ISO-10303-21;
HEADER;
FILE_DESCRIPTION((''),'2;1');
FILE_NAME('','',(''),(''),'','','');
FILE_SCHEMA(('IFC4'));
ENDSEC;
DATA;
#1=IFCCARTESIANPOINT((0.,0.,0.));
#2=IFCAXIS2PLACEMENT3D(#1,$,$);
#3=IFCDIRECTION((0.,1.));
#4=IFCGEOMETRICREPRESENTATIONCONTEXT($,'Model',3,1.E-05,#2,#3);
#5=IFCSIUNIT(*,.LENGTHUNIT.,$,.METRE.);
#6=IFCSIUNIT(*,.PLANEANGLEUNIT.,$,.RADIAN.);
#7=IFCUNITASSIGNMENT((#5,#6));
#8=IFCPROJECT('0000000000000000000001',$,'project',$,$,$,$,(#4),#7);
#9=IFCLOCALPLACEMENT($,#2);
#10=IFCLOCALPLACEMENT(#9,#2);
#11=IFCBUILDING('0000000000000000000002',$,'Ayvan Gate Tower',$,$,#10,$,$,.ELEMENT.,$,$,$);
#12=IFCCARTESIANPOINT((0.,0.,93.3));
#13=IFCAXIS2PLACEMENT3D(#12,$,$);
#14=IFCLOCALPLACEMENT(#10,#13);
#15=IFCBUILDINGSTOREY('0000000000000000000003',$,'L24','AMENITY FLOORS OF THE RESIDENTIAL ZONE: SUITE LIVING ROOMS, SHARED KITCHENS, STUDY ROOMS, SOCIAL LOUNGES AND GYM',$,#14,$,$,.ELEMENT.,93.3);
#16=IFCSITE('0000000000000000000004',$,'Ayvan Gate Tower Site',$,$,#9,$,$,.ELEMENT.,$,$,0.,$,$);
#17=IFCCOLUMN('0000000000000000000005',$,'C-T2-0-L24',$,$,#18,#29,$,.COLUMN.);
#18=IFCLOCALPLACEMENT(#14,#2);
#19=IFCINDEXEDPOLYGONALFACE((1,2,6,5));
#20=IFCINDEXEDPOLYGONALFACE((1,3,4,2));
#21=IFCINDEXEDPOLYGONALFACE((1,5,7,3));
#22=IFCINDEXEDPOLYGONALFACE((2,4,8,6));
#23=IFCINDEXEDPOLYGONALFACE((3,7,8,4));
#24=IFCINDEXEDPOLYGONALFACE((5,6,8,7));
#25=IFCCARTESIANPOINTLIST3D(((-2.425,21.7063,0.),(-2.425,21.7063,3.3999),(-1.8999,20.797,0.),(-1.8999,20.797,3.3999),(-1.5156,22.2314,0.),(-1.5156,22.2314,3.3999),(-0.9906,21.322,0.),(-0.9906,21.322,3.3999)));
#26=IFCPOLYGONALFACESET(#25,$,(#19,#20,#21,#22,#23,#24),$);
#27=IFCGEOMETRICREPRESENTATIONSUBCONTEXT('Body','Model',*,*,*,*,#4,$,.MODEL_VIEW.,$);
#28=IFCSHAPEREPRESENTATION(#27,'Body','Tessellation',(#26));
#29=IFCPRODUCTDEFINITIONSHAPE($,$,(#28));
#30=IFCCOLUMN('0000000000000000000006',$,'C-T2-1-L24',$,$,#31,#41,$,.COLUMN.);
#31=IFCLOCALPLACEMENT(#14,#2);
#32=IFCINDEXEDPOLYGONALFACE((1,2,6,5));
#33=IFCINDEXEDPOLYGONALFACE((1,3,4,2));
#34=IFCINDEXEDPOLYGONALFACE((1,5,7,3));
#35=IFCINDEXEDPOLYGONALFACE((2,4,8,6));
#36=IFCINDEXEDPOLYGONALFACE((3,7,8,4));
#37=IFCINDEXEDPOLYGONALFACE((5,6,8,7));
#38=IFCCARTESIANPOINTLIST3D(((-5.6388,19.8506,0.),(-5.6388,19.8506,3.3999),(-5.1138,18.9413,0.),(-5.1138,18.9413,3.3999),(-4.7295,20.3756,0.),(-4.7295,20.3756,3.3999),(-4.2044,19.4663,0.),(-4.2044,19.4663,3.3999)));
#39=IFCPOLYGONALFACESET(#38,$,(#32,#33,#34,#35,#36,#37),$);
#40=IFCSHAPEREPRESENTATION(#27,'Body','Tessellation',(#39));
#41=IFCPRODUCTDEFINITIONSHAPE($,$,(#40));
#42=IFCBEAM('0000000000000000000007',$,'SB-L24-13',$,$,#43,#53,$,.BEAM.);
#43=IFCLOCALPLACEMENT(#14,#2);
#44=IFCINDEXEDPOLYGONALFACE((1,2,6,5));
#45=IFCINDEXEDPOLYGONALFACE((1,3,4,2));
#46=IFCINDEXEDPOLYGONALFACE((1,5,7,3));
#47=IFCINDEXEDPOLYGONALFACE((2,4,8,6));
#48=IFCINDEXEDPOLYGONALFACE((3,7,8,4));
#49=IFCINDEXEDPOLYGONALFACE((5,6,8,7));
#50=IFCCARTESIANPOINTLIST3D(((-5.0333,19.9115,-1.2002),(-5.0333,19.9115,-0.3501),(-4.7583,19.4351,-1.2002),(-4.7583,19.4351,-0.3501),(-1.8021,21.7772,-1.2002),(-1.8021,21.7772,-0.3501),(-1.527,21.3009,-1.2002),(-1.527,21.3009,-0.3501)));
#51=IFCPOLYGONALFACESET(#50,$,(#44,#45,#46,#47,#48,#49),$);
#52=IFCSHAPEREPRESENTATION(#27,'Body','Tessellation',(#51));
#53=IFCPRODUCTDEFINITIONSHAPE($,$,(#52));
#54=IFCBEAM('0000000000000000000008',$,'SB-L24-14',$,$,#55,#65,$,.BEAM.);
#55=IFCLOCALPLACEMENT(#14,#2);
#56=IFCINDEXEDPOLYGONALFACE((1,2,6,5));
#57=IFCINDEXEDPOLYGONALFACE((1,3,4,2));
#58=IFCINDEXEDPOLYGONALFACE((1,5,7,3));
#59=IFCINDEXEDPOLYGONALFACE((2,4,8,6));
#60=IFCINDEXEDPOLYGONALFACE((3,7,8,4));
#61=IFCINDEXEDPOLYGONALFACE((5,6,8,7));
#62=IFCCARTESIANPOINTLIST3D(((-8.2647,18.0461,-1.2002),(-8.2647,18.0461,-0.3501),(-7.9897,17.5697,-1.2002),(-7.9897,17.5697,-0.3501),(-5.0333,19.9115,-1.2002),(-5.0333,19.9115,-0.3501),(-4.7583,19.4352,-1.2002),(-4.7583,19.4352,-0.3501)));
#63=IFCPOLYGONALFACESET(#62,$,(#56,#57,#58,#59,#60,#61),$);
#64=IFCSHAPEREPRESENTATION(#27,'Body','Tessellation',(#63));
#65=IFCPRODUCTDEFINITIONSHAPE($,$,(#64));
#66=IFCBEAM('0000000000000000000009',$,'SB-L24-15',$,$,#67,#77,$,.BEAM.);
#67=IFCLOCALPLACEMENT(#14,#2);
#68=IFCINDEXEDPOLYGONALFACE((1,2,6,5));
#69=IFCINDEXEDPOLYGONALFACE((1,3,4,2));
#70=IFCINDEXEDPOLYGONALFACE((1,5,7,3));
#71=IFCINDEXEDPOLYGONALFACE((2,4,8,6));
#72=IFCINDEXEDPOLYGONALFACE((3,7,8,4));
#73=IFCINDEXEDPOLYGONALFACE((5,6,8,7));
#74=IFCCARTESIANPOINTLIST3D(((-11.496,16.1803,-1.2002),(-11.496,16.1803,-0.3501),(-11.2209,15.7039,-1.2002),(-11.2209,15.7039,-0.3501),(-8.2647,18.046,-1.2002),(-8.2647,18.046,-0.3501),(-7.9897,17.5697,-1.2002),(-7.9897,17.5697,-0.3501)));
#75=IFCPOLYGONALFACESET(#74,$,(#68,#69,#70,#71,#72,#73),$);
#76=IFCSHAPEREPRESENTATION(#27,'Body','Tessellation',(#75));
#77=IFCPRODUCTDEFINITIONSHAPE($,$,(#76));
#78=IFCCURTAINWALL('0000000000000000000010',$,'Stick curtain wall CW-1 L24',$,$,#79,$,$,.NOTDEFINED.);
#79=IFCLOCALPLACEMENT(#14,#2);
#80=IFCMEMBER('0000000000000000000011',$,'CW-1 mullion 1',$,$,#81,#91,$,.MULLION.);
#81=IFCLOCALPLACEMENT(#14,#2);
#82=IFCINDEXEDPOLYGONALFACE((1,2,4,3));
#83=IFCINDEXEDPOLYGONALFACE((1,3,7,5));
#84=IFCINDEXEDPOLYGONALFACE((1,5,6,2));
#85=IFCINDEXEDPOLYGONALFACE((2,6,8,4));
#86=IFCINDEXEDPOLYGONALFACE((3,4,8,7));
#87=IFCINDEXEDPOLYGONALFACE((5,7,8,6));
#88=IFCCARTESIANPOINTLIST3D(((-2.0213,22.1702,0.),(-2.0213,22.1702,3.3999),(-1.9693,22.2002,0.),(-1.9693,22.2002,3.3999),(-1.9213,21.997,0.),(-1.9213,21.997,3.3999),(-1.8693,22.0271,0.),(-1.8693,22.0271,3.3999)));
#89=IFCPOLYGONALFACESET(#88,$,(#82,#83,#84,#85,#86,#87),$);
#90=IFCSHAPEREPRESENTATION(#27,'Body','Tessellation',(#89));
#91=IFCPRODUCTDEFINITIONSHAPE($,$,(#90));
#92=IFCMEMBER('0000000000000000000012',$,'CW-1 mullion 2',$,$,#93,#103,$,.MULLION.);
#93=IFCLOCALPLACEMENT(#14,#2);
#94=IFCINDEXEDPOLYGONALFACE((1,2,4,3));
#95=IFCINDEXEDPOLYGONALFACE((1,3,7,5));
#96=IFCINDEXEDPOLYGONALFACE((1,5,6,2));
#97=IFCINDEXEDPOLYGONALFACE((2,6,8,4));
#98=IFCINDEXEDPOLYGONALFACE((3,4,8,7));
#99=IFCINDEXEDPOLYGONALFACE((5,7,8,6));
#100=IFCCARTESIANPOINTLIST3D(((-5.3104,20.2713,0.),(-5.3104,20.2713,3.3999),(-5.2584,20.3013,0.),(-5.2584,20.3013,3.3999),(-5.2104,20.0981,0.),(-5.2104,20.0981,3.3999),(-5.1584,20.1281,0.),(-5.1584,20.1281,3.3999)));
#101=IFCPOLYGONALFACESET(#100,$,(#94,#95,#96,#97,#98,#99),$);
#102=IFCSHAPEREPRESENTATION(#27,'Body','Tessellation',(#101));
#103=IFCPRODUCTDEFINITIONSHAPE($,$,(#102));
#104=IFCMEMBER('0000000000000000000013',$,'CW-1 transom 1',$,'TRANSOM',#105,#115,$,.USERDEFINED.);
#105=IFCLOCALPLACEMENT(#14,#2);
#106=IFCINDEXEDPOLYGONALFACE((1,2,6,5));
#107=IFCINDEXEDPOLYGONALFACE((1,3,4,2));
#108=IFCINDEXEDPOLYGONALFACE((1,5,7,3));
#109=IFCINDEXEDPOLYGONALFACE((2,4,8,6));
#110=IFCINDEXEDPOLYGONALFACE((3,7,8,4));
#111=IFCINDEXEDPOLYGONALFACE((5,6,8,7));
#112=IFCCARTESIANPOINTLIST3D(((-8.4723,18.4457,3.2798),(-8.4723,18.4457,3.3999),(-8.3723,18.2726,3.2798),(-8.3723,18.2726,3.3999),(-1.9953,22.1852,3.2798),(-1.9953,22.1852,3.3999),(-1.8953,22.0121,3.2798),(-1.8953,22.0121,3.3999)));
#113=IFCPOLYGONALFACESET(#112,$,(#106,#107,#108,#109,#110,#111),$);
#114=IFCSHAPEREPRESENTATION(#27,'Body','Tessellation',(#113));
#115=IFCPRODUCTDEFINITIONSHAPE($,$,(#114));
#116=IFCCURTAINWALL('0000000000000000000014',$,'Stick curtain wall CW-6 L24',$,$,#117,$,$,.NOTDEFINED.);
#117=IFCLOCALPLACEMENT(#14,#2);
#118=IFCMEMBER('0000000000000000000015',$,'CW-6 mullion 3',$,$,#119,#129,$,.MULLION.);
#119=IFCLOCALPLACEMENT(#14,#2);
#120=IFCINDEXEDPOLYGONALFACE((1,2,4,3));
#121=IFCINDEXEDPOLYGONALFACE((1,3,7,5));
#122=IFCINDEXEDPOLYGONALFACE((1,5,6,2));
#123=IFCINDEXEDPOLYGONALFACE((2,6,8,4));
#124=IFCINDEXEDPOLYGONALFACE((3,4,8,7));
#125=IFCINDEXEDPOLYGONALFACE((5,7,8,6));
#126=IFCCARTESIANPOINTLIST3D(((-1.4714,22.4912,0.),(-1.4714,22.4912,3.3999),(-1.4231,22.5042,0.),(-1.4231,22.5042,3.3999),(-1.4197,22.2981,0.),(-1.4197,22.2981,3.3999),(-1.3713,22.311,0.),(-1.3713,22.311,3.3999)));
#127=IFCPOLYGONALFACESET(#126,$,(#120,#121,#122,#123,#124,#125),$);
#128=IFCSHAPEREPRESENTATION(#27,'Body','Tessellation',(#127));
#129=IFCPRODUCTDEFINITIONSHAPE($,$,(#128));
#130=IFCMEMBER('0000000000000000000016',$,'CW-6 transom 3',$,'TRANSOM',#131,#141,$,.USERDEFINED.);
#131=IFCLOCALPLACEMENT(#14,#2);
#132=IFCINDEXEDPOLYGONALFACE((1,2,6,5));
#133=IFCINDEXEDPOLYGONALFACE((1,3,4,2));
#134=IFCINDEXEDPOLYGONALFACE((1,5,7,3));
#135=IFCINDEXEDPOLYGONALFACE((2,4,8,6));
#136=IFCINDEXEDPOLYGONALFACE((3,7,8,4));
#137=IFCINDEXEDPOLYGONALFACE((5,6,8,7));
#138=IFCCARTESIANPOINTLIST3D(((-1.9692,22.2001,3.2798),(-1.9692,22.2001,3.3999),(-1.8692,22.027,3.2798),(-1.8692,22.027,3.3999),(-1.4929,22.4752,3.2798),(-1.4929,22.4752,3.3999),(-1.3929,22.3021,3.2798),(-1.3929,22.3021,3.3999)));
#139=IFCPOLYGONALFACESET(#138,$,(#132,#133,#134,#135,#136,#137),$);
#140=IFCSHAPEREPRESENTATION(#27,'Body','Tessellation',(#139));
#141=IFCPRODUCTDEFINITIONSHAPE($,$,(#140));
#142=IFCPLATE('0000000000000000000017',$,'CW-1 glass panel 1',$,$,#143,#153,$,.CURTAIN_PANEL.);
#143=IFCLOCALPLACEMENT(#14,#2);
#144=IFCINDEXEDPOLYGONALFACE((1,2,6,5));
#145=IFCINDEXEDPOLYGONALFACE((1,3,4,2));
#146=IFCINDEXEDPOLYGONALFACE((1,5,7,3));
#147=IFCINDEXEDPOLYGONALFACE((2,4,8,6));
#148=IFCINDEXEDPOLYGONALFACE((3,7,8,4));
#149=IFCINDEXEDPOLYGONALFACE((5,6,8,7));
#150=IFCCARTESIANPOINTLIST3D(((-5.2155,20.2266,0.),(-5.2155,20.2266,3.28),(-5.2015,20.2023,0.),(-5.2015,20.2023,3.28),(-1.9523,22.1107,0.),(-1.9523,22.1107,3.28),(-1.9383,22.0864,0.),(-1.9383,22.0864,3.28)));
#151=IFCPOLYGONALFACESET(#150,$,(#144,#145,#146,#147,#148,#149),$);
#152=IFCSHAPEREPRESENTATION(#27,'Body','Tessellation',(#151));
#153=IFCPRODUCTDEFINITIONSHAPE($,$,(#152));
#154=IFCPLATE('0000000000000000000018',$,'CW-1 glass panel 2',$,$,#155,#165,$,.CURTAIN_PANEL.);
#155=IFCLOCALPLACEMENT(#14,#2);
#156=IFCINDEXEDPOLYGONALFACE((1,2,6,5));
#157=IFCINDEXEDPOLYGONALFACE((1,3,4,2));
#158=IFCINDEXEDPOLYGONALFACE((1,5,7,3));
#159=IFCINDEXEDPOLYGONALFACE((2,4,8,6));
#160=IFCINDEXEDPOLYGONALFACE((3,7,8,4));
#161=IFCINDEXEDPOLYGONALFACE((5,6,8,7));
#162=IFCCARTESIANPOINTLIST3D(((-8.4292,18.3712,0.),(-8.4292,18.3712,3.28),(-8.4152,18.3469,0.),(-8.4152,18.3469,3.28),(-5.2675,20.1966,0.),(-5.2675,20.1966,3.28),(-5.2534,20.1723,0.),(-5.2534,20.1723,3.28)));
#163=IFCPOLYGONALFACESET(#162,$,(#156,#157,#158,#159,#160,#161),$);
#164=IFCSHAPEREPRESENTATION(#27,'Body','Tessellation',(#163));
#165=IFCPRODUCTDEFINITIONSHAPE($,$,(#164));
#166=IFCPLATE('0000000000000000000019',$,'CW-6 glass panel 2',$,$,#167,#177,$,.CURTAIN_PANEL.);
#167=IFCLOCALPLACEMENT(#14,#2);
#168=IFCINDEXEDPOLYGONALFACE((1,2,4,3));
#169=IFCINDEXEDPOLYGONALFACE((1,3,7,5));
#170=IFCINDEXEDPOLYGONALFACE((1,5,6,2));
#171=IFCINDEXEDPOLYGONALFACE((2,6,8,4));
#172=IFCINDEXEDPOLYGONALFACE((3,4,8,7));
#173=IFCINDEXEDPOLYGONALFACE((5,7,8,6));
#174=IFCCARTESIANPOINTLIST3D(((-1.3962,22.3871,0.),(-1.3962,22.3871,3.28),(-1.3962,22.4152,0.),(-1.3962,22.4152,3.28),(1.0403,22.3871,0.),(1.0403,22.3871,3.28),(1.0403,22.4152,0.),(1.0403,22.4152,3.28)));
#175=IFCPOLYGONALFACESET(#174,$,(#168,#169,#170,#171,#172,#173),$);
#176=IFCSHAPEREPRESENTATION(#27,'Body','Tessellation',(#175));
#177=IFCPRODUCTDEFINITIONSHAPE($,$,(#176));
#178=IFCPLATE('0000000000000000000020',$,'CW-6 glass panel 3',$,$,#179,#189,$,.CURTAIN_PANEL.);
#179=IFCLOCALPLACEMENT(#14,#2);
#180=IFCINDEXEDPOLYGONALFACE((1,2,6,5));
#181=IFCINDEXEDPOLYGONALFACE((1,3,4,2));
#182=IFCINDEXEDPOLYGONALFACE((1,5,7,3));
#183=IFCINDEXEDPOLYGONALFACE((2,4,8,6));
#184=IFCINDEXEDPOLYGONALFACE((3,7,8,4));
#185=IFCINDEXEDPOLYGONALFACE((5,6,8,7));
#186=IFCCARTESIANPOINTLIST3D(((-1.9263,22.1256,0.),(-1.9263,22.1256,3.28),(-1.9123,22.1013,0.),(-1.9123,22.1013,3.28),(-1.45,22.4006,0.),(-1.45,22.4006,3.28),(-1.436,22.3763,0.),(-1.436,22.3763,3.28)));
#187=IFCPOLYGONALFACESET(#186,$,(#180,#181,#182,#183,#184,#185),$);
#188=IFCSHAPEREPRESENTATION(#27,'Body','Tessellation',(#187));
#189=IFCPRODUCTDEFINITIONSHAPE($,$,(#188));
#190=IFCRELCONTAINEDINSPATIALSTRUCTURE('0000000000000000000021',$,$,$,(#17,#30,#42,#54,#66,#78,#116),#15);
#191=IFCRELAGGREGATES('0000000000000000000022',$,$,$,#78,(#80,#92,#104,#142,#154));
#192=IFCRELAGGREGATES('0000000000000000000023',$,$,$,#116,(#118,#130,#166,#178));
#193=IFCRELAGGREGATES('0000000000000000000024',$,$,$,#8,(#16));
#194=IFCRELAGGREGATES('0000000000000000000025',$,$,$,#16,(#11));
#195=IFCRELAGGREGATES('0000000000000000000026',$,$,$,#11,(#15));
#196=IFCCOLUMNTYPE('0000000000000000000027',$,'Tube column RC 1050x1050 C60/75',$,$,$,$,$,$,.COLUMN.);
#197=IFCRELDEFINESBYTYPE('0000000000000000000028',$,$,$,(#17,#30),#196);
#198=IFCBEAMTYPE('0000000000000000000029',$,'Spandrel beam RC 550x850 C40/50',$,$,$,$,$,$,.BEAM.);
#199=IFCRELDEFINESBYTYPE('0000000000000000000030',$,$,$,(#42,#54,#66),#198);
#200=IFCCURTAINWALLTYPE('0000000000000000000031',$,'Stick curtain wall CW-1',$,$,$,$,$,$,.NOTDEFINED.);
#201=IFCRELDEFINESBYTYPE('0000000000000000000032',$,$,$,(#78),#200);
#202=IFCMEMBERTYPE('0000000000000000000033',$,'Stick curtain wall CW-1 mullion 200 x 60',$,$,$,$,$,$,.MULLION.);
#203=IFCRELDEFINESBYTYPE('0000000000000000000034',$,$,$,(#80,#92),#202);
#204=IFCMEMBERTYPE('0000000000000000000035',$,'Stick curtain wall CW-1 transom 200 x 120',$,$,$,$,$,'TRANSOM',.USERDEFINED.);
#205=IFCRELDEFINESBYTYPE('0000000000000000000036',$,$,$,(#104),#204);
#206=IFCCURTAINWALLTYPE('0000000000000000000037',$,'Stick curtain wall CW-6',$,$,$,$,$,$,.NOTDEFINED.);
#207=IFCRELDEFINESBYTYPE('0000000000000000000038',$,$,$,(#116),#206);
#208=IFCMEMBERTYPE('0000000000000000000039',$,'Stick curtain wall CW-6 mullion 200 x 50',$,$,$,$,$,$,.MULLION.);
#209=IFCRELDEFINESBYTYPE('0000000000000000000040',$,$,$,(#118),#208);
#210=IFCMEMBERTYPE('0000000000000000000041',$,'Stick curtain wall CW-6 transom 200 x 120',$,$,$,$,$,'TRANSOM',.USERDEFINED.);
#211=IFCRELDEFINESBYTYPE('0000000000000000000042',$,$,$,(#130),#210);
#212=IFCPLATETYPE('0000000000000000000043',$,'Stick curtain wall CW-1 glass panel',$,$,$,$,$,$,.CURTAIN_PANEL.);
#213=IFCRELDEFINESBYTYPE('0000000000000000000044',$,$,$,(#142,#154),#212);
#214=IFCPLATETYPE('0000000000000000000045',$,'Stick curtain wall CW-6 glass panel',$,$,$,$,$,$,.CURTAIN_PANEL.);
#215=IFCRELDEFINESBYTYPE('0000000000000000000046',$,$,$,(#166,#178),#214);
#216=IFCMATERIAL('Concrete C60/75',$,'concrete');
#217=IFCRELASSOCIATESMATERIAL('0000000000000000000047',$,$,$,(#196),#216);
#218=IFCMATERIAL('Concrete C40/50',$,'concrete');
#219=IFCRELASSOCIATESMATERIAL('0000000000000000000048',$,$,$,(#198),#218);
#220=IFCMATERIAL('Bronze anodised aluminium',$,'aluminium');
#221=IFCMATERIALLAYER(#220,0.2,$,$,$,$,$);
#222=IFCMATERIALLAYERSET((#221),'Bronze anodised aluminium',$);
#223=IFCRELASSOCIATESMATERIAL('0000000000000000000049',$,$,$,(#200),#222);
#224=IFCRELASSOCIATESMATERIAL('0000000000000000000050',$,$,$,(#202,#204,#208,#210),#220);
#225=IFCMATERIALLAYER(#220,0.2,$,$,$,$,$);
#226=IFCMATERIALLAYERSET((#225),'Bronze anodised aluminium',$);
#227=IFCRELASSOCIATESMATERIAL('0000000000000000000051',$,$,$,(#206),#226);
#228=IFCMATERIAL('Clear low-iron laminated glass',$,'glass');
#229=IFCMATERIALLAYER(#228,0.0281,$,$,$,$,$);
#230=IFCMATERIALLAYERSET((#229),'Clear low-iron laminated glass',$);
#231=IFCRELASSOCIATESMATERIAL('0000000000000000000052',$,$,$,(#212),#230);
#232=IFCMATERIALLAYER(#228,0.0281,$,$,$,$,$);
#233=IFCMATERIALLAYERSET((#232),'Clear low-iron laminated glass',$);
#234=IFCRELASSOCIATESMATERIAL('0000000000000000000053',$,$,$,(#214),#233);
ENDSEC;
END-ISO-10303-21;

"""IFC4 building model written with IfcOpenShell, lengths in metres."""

from ifc_helpers import new_model, si_unit, direction, frame, origin, origin_2d, place, context, subcontext, project, spatial, rectangle, extrude, material, layer, layer_set, material_profile, profile_set, type_object, element, aggregate, save


model = new_model("IFC4")

# Units and contexts
model_context = context("Model", 3, precision=1e-05, world=origin(), true_north=direction((0.0, 1.0)))
body_context = subcontext(model_context, "Body", "Model", "MODEL_VIEW")
ifc_project = project(units=[si_unit("LENGTHUNIT", "METRE"), si_unit("PLANEANGLEUNIT", "RADIAN")], contexts=[model_context])

# Site, building, storey
site_placement = place(None, origin())
site = spatial("IfcSite", under=ifc_project, at=site_placement, Name="Ayvan Gate Tower Site", CompositionType="ELEMENT", RefElevation=0.0)
building_placement = place(site_placement, origin())
building = spatial("IfcBuilding", under=site, at=building_placement, Name="Ayvan Gate Tower", CompositionType="ELEMENT")
storey_placement = place(building_placement, frame((0.0, 0.0, 93.3)))
storey = spatial("IfcBuildingStorey", under=building, at=storey_placement, Name="L24", Description="AMENITY FLOORS OF THE RESIDENTIAL ZONE: SUITE LIVING ROOMS, SHARED KITCHENS, STUDY ROOMS, SOCIAL LOUNGES AND GYM", CompositionType="ELEMENT", Elevation=93.3)

# Columns
ifc_material_1 = material(Name="Concrete C60/75", Category="concrete")
ifc_material_profile_1 = material_profile(ifc_material_1, rectangle(XDim=1.05, YDim=1.05, at=origin_2d()), Name="RC 1050x1050")
ifc_profile_set_1 = profile_set([ifc_material_profile_1], Name="Concrete C60/75")
column_type = type_object("IfcColumnType", Name="Tube column RC 1050x1050 C60/75", PredefinedType="COLUMN", material=ifc_profile_set_1)
for number, where, z_axis, x_axis, name in (
    (1, (-1.7078, 21.5142, 0.0), (0.0, 0.0, 1.0), (-0.5, 0.866025, 0.0), "C-T2-0-L24"),
    (2, (-4.9216, 19.6584, 0.0), (0.0, 0.0, 1.0), (-0.5, 0.866025, 0.0), "C-T2-1-L24"),
):
    element("IfcColumn", number, at=place(storey_placement, frame(where, z_axis=z_axis, x_axis=x_axis)), inside=storey, type_object=column_type, Name=name, PredefinedType="COLUMN", context=body_context, shape_type="SweptSolid", body=[
        extrude(rectangle(XDim=1.05, YDim=1.05, at=origin_2d()), origin(), (0.0, 0.0, 1.0), 3.3999),
    ])

# Beams
ifc_material_2 = material(Name="Concrete C40/50", Category="concrete")
ifc_material_profile_2 = material_profile(ifc_material_2, rectangle(XDim=0.55, YDim=0.8501, at=origin_2d()), Name="RC 550x850")
ifc_profile_set_2 = profile_set([ifc_material_profile_2], Name="Concrete C40/50")
beam_type = type_object("IfcBeamType", Name="Spandrel beam RC 550x850 C40/50", PredefinedType="BEAM", material=ifc_profile_set_2)
for number, where, z_axis, x_axis, name in (
    (3, (-1.6646, 21.5391, -0.7751), (-0.866004, -0.500038, 0.0), (0.500038, -0.866004, 0.0), "SB-L24-13"),
    (4, (-4.8958, 19.6733, -0.7751), (-0.866048, -0.49996, 0.0), (0.49996, -0.866048, 0.0), "SB-L24-14"),
    (5, (-8.1272, 17.8079, -0.7751), (-0.866004, -0.500038, 0.0), (0.500038, -0.866004, 0.0), "SB-L24-15"),
):
    element("IfcBeam", number, at=place(storey_placement, frame(where, z_axis=z_axis, x_axis=x_axis)), inside=storey, type_object=beam_type, Name=name, PredefinedType="BEAM", context=body_context, shape_type="SweptSolid", body=[
        extrude(rectangle(XDim=0.55, YDim=0.8501, at=origin_2d()), origin(), (0.0, 0.0, 1.0), 3.7312),
    ])

# Curtain walls, members
ifc_material_3 = material(Name="Bronze anodised aluminium", Category="aluminium")
ifc_layer_1 = layer(ifc_material_3, 0.2)
ifc_layer_set_1 = layer_set([ifc_layer_1], Name="Bronze anodised aluminium")
curtain_wall_type_1 = type_object("IfcCurtainWallType", Name="Stick curtain wall CW-1", PredefinedType="NOTDEFINED", material=ifc_layer_set_1)
curtain_wall_1_placement = place(storey_placement, origin())
curtain_wall_1 = element("IfcCurtainWall", 6, at=curtain_wall_1_placement, inside=storey, type_object=curtain_wall_type_1, Name="Stick curtain wall CW-1 L24", PredefinedType="NOTDEFINED")
ifc_material_profile_3 = material_profile(ifc_material_3, rectangle(XDim=0.2, YDim=0.0601, at=origin_2d()), Name="Stick curtain wall CW-1 mullion 200 x 60")
ifc_profile_set_3 = profile_set([ifc_material_profile_3], Name="Bronze anodised aluminium")
member_type_1 = type_object("IfcMemberType", Name="Stick curtain wall CW-1 mullion 200 x 60", PredefinedType="MULLION", material=ifc_profile_set_3)
member_1_placement = place(storey_placement, frame((-1.9453, 22.0986, 0.0), z_axis=(0.0, 0.0, 1.0), x_axis=(-0.5, 0.866025, 0.0)))
member_1 = element("IfcMember", 7, at=member_1_placement, type_object=member_type_1, Name="CW-1 mullion 1", PredefinedType="MULLION", context=body_context, shape_type="SweptSolid", body=[
    extrude(rectangle(XDim=0.2, YDim=0.0601, at=origin_2d()), origin(), (0.0, 0.0, 1.0), 3.3999),
])
member_2_placement = place(storey_placement, frame((-5.2344, 20.1997, 0.0), z_axis=(0.0, 0.0, 1.0), x_axis=(-0.5, 0.866025, 0.0)))
member_2 = element("IfcMember", 8, at=member_2_placement, type_object=member_type_1, Name="CW-1 mullion 2", PredefinedType="MULLION", context=body_context, shape_type="SweptSolid", body=[
    extrude(rectangle(XDim=0.2, YDim=0.0601, at=origin_2d()), origin(), (0.0, 0.0, 1.0), 3.3999),
])
ifc_material_profile_4 = material_profile(ifc_material_3, rectangle(XDim=0.2, YDim=0.1201, at=origin_2d()), Name="Stick curtain wall CW-1 transom 200 x 120")
ifc_profile_set_4 = profile_set([ifc_material_profile_4], Name="Bronze anodised aluminium")
member_type_2 = type_object("IfcMemberType", Name="Stick curtain wall CW-1 transom 200 x 120", ElementType="TRANSOM", PredefinedType="USERDEFINED", material=ifc_profile_set_4)
member_3_placement = place(storey_placement, frame((-1.9453, 22.0986, 3.3398), z_axis=(-0.866027, -0.499997, 0.0), x_axis=(0.499997, -0.866027, 0.0)))
member_3 = element("IfcMember", 9, at=member_3_placement, type_object=member_type_2, Name="CW-1 transom 1", ObjectType="TRANSOM", PredefinedType="USERDEFINED", context=body_context, shape_type="SweptSolid", body=[
    extrude(rectangle(XDim=0.2, YDim=0.1201, at=origin_2d()), origin(), (0.0, 0.0, 1.0), 7.479),
])
ifc_layer_2 = layer(ifc_material_3, 0.2)
ifc_layer_set_2 = layer_set([ifc_layer_2], Name="Bronze anodised aluminium")
curtain_wall_type_2 = type_object("IfcCurtainWallType", Name="Stick curtain wall CW-6", PredefinedType="NOTDEFINED", material=ifc_layer_set_2)
curtain_wall_2_placement = place(storey_placement, origin())
curtain_wall_2 = element("IfcCurtainWall", 10, at=curtain_wall_2_placement, inside=storey, type_object=curtain_wall_type_2, Name="Stick curtain wall CW-6 L24", PredefinedType="NOTDEFINED")
ifc_material_profile_5 = material_profile(ifc_material_3, rectangle(XDim=0.2, YDim=0.05, at=origin_2d()), Name="Stick curtain wall CW-6 mullion 200 x 50")
ifc_profile_set_5 = profile_set([ifc_material_profile_5], Name="Bronze anodised aluminium")
member_type_3 = type_object("IfcMemberType", Name="Stick curtain wall CW-6 mullion 200 x 50", PredefinedType="MULLION", material=ifc_profile_set_5)
member_4_placement = place(storey_placement, frame((-1.4214, 22.4011, 0.0), z_axis=(0.0, 0.0, 1.0), x_axis=(-0.258819, 0.965926, 0.0)))
member_4 = element("IfcMember", 11, at=member_4_placement, type_object=member_type_3, Name="CW-6 mullion 3", PredefinedType="MULLION", context=body_context, shape_type="SweptSolid", body=[
    extrude(rectangle(XDim=0.2, YDim=0.05, at=origin_2d()), origin(), (0.0, 0.0, 1.0), 3.3999),
])
ifc_material_profile_6 = material_profile(ifc_material_3, rectangle(XDim=0.2, YDim=0.1201, at=origin_2d()), Name="Stick curtain wall CW-6 transom 200 x 120")
ifc_profile_set_6 = profile_set([ifc_material_profile_6], Name="Bronze anodised aluminium")
member_type_4 = type_object("IfcMemberType", Name="Stick curtain wall CW-6 transom 200 x 120", ElementType="TRANSOM", PredefinedType="USERDEFINED", material=ifc_profile_set_6)
member_5_placement = place(storey_placement, frame((-1.4429, 22.3887, 3.3398), z_axis=(-0.865912, -0.500196, 0.0), x_axis=(0.500196, -0.865912, 0.0)))
member_5 = element("IfcMember", 12, at=member_5_placement, type_object=member_type_4, Name="CW-6 transom 3", ObjectType="TRANSOM", PredefinedType="USERDEFINED", context=body_context, shape_type="SweptSolid", body=[
    extrude(rectangle(XDim=0.2, YDim=0.1201, at=origin_2d()), origin(), (0.0, 0.0, 1.0), 0.55),
])

# Plates
ifc_material_4 = material(Name="Clear low-iron laminated glass", Category="glass")
ifc_layer_3 = layer(ifc_material_4, 0.0281)
ifc_layer_set_3 = layer_set([ifc_layer_3], Name="Clear low-iron laminated glass")
plate_type_1 = type_object("IfcPlateType", Name="Stick curtain wall CW-1 glass panel", PredefinedType="CURTAIN_PANEL", material=ifc_layer_set_3)
plate_1_placement = place(storey_placement, frame((-3.5769, 21.1565, 0.0), z_axis=(0.0, 0.0, 1.0), x_axis=(-0.866025, -0.5, 0.0)))
plate_1 = element("IfcPlate", 13, at=plate_1_placement, type_object=plate_type_1, Name="CW-1 glass panel 1", PredefinedType="CURTAIN_PANEL", context=body_context, shape_type="SweptSolid", body=[
    extrude(rectangle(XDim=3.7681, YDim=0.0281, at=origin_2d()), origin(), (0.0, 0.0, 1.0), 3.28),
])
plate_2_placement = place(storey_placement, frame((-6.8413, 19.2717, 0.0), z_axis=(0.0, 0.0, 1.0), x_axis=(-0.866025, -0.5, 0.0)))
plate_2 = element("IfcPlate", 14, at=plate_2_placement, type_object=plate_type_1, Name="CW-1 glass panel 2", PredefinedType="CURTAIN_PANEL", context=body_context, shape_type="SweptSolid", body=[
    extrude(rectangle(XDim=3.6509, YDim=0.0281, at=origin_2d()), origin(), (0.0, 0.0, 1.0), 3.28),
])
aggregate(curtain_wall_1, [member_1, member_2, member_3, plate_1, plate_2])
ifc_layer_4 = layer(ifc_material_4, 0.0281)
ifc_layer_set_4 = layer_set([ifc_layer_4], Name="Clear low-iron laminated glass")
plate_type_2 = type_object("IfcPlateType", Name="Stick curtain wall CW-6 glass panel", PredefinedType="CURTAIN_PANEL", material=ifc_layer_set_4)
plate_3_placement = place(storey_placement, frame((-0.178, 22.4011, 0.0), z_axis=(0.0, 0.0, 1.0), x_axis=(-1.0, 0.0, 0.0)))
plate_3 = element("IfcPlate", 15, at=plate_3_placement, type_object=plate_type_2, Name="CW-6 glass panel 2", PredefinedType="CURTAIN_PANEL", context=body_context, shape_type="SweptSolid", body=[
    extrude(rectangle(XDim=2.4365, YDim=0.0281, at=origin_2d()), origin(), (0.0, 0.0, 1.0), 3.28),
])
plate_4_placement = place(storey_placement, frame((-1.6812, 22.251, 0.0), z_axis=(0.0, 0.0, 1.0), x_axis=(-0.866025, -0.5, 0.0)))
plate_4 = element("IfcPlate", 16, at=plate_4_placement, type_object=plate_type_2, Name="CW-6 glass panel 3", PredefinedType="CURTAIN_PANEL", context=body_context, shape_type="SweptSolid", body=[
    extrude(rectangle(XDim=0.55, YDim=0.0281, at=origin_2d()), origin(), (0.0, 0.0, 1.0), 3.28),
])
aggregate(curtain_wall_2, [member_4, member_5, plate_3, plate_4])

save(model, "model.ifc")
